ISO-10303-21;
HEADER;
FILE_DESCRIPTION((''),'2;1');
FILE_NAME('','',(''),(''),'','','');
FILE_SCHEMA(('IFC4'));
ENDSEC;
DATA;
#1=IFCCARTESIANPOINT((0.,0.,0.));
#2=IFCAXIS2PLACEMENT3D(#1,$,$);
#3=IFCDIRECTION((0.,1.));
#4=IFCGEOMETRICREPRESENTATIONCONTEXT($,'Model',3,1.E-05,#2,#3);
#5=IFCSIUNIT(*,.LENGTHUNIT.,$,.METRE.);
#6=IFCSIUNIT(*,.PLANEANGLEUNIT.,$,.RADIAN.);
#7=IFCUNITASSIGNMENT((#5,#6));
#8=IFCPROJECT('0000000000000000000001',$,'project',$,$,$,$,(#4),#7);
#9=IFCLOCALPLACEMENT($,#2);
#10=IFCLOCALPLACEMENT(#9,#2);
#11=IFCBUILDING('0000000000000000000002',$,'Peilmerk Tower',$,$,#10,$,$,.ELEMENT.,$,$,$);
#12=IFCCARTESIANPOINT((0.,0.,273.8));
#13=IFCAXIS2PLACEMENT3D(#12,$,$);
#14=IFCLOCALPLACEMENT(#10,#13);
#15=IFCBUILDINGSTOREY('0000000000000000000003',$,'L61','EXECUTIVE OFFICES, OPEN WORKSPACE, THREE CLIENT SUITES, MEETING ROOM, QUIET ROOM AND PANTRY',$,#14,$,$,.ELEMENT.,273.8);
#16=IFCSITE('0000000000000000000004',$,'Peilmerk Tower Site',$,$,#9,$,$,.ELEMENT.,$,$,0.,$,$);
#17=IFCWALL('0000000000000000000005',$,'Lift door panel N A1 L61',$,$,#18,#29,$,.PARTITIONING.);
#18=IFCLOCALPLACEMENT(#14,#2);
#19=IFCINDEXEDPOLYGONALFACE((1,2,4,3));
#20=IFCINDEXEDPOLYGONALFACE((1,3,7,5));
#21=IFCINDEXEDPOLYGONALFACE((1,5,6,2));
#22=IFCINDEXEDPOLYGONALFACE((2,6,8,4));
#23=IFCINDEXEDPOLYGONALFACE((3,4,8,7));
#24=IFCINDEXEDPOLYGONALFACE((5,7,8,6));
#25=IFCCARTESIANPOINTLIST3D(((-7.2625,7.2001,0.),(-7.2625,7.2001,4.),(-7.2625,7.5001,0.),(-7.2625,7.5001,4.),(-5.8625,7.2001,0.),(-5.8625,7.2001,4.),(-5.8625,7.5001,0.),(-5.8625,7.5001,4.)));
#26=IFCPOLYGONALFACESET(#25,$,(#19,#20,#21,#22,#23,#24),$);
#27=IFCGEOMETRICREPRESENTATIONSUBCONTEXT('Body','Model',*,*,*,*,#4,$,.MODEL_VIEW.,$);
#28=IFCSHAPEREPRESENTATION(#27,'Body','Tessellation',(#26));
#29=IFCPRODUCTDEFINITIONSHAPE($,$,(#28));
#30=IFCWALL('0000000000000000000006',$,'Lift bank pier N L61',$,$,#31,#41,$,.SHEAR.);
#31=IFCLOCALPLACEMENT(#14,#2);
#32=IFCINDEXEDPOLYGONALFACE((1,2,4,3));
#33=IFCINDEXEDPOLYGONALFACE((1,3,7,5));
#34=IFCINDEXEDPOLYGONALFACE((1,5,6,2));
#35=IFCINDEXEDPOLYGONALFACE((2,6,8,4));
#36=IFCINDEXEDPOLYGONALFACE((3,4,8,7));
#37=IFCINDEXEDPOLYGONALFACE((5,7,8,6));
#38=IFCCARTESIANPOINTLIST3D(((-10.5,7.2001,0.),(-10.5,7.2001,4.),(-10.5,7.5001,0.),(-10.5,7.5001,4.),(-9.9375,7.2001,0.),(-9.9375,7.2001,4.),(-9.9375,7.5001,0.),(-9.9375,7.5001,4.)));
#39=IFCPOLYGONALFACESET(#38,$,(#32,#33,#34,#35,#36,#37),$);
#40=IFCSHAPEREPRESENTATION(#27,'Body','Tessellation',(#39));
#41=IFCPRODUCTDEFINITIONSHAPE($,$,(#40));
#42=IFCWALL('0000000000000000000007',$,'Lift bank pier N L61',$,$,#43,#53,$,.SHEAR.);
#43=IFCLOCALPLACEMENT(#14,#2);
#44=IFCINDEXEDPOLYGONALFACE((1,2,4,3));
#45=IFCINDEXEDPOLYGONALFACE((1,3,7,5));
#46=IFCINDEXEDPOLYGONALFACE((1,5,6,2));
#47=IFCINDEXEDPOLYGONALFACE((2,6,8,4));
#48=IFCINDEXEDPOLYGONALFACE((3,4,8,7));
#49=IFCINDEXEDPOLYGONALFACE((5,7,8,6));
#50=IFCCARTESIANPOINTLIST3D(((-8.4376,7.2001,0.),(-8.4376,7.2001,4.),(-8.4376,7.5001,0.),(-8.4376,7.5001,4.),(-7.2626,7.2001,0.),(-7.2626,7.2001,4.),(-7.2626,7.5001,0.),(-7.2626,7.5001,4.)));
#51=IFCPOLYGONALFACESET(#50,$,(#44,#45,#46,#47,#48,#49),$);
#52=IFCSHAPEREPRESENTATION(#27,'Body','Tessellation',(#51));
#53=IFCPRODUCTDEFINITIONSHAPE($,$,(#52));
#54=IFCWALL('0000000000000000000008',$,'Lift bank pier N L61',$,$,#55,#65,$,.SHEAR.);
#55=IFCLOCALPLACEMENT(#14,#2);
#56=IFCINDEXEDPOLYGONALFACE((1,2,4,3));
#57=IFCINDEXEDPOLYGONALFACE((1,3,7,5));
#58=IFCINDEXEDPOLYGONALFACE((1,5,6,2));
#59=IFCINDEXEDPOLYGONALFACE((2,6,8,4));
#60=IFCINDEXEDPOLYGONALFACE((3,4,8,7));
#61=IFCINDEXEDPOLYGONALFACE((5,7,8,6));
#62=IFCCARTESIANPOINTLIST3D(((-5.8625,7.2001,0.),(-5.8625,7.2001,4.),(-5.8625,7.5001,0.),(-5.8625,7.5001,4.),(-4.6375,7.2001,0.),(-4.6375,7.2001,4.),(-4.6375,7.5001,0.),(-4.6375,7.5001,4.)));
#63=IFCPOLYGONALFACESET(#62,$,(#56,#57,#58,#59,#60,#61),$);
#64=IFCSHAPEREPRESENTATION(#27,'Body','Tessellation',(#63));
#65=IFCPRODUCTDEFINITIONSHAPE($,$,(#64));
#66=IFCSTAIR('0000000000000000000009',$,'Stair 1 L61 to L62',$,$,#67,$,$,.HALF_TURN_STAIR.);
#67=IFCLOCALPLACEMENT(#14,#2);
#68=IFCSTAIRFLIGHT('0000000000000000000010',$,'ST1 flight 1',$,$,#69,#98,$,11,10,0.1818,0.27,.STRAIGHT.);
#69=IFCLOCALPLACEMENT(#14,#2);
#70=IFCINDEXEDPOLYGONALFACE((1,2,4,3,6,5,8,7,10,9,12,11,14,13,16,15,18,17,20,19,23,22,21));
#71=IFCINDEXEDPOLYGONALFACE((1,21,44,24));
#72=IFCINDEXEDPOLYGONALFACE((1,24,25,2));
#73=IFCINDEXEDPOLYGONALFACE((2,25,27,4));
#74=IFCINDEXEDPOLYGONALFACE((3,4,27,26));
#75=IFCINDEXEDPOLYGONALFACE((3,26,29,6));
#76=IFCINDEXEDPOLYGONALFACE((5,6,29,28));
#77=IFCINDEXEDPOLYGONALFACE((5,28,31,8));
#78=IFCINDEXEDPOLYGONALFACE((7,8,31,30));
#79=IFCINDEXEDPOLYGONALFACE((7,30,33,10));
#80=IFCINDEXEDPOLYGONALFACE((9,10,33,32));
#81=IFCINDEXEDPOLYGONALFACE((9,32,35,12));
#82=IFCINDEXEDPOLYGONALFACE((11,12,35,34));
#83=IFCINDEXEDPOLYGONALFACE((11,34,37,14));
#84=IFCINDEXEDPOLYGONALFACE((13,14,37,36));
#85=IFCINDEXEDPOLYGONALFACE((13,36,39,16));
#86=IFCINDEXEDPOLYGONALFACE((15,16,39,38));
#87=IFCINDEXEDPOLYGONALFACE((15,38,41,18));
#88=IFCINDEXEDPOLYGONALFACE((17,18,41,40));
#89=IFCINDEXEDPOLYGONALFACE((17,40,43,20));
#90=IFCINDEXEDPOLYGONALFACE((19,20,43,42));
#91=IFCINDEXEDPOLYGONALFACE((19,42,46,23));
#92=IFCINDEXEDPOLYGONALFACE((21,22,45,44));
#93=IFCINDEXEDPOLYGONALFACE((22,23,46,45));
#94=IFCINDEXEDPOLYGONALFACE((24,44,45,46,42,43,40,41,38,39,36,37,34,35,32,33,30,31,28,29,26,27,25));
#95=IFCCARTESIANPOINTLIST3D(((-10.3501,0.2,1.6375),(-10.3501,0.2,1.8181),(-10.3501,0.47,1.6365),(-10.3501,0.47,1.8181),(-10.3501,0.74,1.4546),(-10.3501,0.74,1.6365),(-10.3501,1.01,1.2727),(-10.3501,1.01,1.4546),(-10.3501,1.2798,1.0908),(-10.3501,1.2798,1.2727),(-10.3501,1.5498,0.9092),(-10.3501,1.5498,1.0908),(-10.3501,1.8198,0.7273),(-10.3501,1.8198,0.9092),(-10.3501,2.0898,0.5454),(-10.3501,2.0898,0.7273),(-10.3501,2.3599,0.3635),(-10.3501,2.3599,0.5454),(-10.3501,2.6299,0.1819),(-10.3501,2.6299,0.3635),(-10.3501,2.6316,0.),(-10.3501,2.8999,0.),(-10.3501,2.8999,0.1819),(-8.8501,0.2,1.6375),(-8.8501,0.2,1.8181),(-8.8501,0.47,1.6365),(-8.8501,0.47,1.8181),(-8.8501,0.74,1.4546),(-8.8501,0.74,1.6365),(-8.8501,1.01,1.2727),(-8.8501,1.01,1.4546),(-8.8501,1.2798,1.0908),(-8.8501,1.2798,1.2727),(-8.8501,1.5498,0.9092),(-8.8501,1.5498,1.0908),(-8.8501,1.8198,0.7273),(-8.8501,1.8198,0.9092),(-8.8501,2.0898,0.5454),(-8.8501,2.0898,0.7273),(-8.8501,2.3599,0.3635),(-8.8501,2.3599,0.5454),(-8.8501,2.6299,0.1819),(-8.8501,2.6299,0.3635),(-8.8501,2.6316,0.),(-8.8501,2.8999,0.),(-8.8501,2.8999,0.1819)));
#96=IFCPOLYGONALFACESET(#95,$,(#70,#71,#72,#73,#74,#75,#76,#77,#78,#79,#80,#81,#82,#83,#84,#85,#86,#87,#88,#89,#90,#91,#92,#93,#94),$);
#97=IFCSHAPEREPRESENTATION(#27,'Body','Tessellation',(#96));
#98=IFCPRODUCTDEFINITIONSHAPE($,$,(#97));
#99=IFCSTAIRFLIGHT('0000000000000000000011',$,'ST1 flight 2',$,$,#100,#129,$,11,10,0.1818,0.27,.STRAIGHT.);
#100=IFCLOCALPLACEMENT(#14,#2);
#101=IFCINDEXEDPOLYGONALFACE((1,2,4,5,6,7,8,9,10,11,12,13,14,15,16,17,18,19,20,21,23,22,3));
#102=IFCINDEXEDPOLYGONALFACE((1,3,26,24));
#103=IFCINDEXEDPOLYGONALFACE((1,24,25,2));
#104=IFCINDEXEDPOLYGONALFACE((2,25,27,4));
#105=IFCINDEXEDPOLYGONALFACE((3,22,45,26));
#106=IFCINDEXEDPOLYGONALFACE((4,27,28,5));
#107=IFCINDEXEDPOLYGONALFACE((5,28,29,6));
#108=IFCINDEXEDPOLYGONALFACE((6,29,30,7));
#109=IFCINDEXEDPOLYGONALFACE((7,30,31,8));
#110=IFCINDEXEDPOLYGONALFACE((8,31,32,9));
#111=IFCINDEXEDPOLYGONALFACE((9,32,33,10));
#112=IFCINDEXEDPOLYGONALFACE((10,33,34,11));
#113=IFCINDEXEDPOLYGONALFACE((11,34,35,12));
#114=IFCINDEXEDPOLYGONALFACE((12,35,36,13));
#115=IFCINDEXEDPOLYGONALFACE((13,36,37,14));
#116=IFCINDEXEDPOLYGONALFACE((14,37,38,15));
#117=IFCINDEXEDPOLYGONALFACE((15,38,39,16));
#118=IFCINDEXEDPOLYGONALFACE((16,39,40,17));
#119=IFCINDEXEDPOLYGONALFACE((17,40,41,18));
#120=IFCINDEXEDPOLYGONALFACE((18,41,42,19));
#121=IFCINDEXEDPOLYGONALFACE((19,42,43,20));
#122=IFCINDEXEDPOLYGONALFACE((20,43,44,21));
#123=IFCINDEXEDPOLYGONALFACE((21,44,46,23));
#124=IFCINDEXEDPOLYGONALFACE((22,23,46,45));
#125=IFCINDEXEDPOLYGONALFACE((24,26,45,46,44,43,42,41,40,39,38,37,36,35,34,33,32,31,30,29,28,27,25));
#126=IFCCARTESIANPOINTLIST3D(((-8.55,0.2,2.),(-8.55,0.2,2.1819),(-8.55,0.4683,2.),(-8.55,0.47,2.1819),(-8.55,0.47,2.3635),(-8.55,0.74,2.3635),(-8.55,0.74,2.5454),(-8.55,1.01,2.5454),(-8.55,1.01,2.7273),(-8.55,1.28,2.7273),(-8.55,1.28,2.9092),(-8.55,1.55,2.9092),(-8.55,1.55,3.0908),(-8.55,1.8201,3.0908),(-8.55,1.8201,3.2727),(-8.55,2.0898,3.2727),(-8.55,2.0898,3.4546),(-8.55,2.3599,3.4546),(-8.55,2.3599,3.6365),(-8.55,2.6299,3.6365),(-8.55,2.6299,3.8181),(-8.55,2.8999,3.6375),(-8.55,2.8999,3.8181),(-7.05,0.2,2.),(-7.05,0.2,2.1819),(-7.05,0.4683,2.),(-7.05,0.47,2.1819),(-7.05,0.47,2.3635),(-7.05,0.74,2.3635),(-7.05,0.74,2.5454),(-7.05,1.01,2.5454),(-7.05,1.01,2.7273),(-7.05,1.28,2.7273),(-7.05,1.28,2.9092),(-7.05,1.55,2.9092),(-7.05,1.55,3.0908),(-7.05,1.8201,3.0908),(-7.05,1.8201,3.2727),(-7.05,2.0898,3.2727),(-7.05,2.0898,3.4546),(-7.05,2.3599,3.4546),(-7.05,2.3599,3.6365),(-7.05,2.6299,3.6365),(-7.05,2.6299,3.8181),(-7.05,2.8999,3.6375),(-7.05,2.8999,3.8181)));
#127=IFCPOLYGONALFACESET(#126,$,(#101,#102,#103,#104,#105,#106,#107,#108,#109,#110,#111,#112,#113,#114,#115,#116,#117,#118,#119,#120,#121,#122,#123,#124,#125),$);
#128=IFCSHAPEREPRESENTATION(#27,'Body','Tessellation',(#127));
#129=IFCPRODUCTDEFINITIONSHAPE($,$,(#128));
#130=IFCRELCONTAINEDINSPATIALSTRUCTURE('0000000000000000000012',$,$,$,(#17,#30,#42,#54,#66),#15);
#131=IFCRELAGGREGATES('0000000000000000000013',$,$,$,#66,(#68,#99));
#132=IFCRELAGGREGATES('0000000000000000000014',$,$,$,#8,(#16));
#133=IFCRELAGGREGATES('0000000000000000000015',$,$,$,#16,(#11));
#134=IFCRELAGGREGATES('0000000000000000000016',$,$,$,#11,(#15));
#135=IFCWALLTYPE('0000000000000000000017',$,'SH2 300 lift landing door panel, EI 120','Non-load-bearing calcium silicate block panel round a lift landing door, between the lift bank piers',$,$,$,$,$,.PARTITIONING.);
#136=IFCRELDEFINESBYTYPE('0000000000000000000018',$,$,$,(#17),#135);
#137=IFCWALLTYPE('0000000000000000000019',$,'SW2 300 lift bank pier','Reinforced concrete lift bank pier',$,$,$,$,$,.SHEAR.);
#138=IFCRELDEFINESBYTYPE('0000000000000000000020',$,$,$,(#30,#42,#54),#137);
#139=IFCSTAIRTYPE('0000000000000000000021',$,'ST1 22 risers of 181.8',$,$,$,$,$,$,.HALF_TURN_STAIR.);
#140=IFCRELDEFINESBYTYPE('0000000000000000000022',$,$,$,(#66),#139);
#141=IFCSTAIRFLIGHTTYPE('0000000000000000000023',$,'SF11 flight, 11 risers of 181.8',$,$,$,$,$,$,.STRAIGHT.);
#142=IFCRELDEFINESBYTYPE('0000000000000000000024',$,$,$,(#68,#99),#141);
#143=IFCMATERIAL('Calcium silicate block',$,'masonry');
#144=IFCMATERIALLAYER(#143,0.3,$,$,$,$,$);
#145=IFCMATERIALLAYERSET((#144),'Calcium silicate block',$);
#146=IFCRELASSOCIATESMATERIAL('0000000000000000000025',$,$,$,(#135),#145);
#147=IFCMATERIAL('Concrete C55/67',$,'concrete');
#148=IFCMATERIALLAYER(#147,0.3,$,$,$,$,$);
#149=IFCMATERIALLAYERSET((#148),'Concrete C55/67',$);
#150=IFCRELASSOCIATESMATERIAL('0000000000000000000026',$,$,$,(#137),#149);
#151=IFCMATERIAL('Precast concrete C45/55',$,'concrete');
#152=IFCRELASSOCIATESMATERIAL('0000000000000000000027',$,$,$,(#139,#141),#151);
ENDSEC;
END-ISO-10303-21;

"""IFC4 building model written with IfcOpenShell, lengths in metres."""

from ifc_helpers import new_model, si_unit, direction, frame, frame_2d, origin, place, context, subcontext, project, spatial, polyline, rectangle, outline, extrude, material, layer, layer_set, type_object, element, aggregate, save


model = new_model("IFC4")

# Units and contexts
model_context = context("Model", 3, precision=1e-05, world=origin(), true_north=direction((0.0, 1.0)))
body_context = subcontext(model_context, "Body", "Model", "MODEL_VIEW")
ifc_project = project(units=[si_unit("LENGTHUNIT", "METRE"), si_unit("PLANEANGLEUNIT", "RADIAN")], contexts=[model_context])

# Site, building, storey
site_placement = place(None, origin())
site = spatial("IfcSite", under=ifc_project, at=site_placement, Name="Peilmerk Tower Site", CompositionType="ELEMENT", RefElevation=0.0)
building_placement = place(site_placement, origin())
building = spatial("IfcBuilding", under=site, at=building_placement, Name="Peilmerk Tower", CompositionType="ELEMENT")
storey_placement = place(building_placement, frame((0.0, 0.0, 273.8)))
storey = spatial("IfcBuildingStorey", under=building, at=storey_placement, Name="L61", Description="EXECUTIVE OFFICES, OPEN WORKSPACE, THREE CLIENT SUITES, MEETING ROOM, QUIET ROOM AND PANTRY", CompositionType="ELEMENT", Elevation=273.8)

# Shared definitions
ifc_material_1 = material(Name="Concrete C55/67", Category="concrete")

# Shared definitions
ifc_material_2 = material(Name="Calcium silicate block", Category="masonry")
ifc_layer_1 = layer(ifc_material_2, 0.3)
ifc_layer_set_1 = layer_set([ifc_layer_1], Name="Calcium silicate block")
wall_type_1 = type_object("IfcWallType", Name="SH2 300 lift landing door panel, EI 120", Description="Non-load-bearing calcium silicate block panel round a lift landing door, between the lift bank piers", PredefinedType="PARTITIONING", material=ifc_layer_set_1)

# Walls
wall_1_placement = place(storey_placement, frame((-7.2625, 7.3501, 0.0), z_axis=(0.0, 0.0, 1.0), x_axis=(1.0, 0.0, 0.0)))
element("IfcWall", 1, at=wall_1_placement, inside=storey, type_object=wall_type_1, Name="Lift door panel N A1 L61", PredefinedType="PARTITIONING", context=body_context, shape_type="SweptSolid", body=[
    extrude(rectangle(XDim=1.3999, YDim=0.3, at=frame_2d((0.7, 0.0))), origin(), (0.0, 0.0, 1.0), 4.0),
])
ifc_layer_2 = layer(ifc_material_1, 0.3)
ifc_layer_set_2 = layer_set([ifc_layer_2], Name="Concrete C55/67")
wall_type_2 = type_object("IfcWallType", Name="SW2 300 lift bank pier", Description="Reinforced concrete lift bank pier", PredefinedType="SHEAR", material=ifc_layer_set_2)
wall_2_placement = place(storey_placement, frame((-10.5, 7.3501, 0.0), z_axis=(0.0, 0.0, 1.0), x_axis=(1.0, 0.0, 0.0)))
element("IfcWall", 2, at=wall_2_placement, inside=storey, type_object=wall_type_2, Name="Lift bank pier N L61", PredefinedType="SHEAR", context=body_context, shape_type="SweptSolid", body=[
    extrude(rectangle(XDim=0.5625, YDim=0.3, at=frame_2d((0.2812, 0.0))), origin(), (0.0, 0.0, 1.0), 4.0),
])
wall_3_placement = place(storey_placement, frame((-8.4375, 7.3501, 0.0), z_axis=(0.0, 0.0, 1.0), x_axis=(1.0, 0.0, 0.0)))
element("IfcWall", 3, at=wall_3_placement, inside=storey, type_object=wall_type_2, Name="Lift bank pier N L61", PredefinedType="SHEAR", context=body_context, shape_type="SweptSolid", body=[
    extrude(rectangle(XDim=1.175, YDim=0.3, at=frame_2d((0.5874, 0.0))), origin(), (0.0, 0.0, 1.0), 4.0),
])
wall_4_placement = place(storey_placement, frame((-5.8625, 7.3501, 0.0), z_axis=(0.0, 0.0, 1.0), x_axis=(1.0, 0.0, 0.0)))
element("IfcWall", 4, at=wall_4_placement, inside=storey, type_object=wall_type_2, Name="Lift bank pier N L61", PredefinedType="SHEAR", context=body_context, shape_type="SweptSolid", body=[
    extrude(rectangle(XDim=1.2251, YDim=0.3, at=frame_2d((0.6125, 0.0))), origin(), (0.0, 0.0, 1.0), 4.0),
])

# Stair, stair flights
ifc_material_3 = material(Name="Precast concrete C45/55", Category="concrete")
stair_type = type_object("IfcStairType", Name="ST1 22 risers of 181.8", PredefinedType="HALF_TURN_STAIR", material=ifc_material_3)
stair_placement = place(storey_placement, origin())
stair = element("IfcStair", 5, at=stair_placement, inside=storey, type_object=stair_type, Name="Stair 1 L61 to L62", PredefinedType="HALF_TURN_STAIR")
stair_flight_type = type_object("IfcStairFlightType", Name="SF11 flight, 11 risers of 181.8", PredefinedType="STRAIGHT", material=ifc_material_3)
stair_flight_1_placement = place(storey_placement, frame((-9.6001, 2.8999, 0.0), z_axis=(0.0, 0.0, 1.0), x_axis=(0.0, -1.0, 0.0)))
stair_flight_1 = element("IfcStairFlight", 6, at=stair_flight_1_placement, type_object=stair_flight_type, Name="ST1 flight 1", NumberOfRisers=11, NumberOfTreads=10, PredefinedType="STRAIGHT", RiserHeight=0.1818, TreadLength=0.27, context=body_context, shape_type="SweptSolid", body=[
    extrude(outline(polyline([(0.0, 0.0), (0.0, 0.1819), (0.27, 0.1819), (0.27, 0.3635), (0.54, 0.3635), (0.54, 0.5454), (0.8101, 0.5454), (0.8101, 0.7273), (1.0801, 0.7273), (1.0801, 0.9092), (1.3501, 0.9092), (1.3501, 1.0908), (1.6201, 1.0908), (1.6201, 1.2727), (1.8899, 1.2727), (1.8899, 1.4546), (2.1599, 1.4546), (2.1599, 1.6365), (2.4299, 1.6365), (2.4299, 1.8181), (2.7, 1.8181), (2.7, 2.0), (2.7, 1.6375), (0.2683, 0.0), (0.0, 0.0)])), frame((0.0, 0.75, 0.0), z_axis=(0.0, -1.0, 0.0), x_axis=(1.0, 0.0, 0.0)), (0.0, 0.0, 1.0), 1.5),
])
stair_flight_2_placement = place(storey_placement, frame((-7.8, 0.2, 2.0), z_axis=(0.0, 0.0, 1.0), x_axis=(0.0, 1.0, 0.0)))
stair_flight_2 = element("IfcStairFlight", 7, at=stair_flight_2_placement, type_object=stair_flight_type, Name="ST1 flight 2", NumberOfRisers=11, NumberOfTreads=10, PredefinedType="STRAIGHT", RiserHeight=0.1818, TreadLength=0.27, context=body_context, shape_type="SweptSolid", body=[
    extrude(outline(polyline([(0.0, 0.0), (0.0, 0.1819), (0.27, 0.1819), (0.27, 0.3635), (0.54, 0.3635), (0.54, 0.5454), (0.8101, 0.5454), (0.8101, 0.7273), (1.0801, 0.7273), (1.0801, 0.9092), (1.3501, 0.9092), (1.3501, 1.0908), (1.6201, 1.0908), (1.6201, 1.2727), (1.8899, 1.2727), (1.8899, 1.4546), (2.1599, 1.4546), (2.1599, 1.6365), (2.4299, 1.6365), (2.4299, 1.8181), (2.7, 1.8181), (2.7, 2.0), (2.7, 1.6375), (0.2683, 0.0), (0.0, 0.0)])), frame((0.0, 0.75, 0.0), z_axis=(0.0, -1.0, 0.0), x_axis=(1.0, 0.0, 0.0)), (0.0, 0.0, 1.0), 1.5),
])
aggregate(stair, [stair_flight_1, stair_flight_2])

save(model, "model.ifc")
